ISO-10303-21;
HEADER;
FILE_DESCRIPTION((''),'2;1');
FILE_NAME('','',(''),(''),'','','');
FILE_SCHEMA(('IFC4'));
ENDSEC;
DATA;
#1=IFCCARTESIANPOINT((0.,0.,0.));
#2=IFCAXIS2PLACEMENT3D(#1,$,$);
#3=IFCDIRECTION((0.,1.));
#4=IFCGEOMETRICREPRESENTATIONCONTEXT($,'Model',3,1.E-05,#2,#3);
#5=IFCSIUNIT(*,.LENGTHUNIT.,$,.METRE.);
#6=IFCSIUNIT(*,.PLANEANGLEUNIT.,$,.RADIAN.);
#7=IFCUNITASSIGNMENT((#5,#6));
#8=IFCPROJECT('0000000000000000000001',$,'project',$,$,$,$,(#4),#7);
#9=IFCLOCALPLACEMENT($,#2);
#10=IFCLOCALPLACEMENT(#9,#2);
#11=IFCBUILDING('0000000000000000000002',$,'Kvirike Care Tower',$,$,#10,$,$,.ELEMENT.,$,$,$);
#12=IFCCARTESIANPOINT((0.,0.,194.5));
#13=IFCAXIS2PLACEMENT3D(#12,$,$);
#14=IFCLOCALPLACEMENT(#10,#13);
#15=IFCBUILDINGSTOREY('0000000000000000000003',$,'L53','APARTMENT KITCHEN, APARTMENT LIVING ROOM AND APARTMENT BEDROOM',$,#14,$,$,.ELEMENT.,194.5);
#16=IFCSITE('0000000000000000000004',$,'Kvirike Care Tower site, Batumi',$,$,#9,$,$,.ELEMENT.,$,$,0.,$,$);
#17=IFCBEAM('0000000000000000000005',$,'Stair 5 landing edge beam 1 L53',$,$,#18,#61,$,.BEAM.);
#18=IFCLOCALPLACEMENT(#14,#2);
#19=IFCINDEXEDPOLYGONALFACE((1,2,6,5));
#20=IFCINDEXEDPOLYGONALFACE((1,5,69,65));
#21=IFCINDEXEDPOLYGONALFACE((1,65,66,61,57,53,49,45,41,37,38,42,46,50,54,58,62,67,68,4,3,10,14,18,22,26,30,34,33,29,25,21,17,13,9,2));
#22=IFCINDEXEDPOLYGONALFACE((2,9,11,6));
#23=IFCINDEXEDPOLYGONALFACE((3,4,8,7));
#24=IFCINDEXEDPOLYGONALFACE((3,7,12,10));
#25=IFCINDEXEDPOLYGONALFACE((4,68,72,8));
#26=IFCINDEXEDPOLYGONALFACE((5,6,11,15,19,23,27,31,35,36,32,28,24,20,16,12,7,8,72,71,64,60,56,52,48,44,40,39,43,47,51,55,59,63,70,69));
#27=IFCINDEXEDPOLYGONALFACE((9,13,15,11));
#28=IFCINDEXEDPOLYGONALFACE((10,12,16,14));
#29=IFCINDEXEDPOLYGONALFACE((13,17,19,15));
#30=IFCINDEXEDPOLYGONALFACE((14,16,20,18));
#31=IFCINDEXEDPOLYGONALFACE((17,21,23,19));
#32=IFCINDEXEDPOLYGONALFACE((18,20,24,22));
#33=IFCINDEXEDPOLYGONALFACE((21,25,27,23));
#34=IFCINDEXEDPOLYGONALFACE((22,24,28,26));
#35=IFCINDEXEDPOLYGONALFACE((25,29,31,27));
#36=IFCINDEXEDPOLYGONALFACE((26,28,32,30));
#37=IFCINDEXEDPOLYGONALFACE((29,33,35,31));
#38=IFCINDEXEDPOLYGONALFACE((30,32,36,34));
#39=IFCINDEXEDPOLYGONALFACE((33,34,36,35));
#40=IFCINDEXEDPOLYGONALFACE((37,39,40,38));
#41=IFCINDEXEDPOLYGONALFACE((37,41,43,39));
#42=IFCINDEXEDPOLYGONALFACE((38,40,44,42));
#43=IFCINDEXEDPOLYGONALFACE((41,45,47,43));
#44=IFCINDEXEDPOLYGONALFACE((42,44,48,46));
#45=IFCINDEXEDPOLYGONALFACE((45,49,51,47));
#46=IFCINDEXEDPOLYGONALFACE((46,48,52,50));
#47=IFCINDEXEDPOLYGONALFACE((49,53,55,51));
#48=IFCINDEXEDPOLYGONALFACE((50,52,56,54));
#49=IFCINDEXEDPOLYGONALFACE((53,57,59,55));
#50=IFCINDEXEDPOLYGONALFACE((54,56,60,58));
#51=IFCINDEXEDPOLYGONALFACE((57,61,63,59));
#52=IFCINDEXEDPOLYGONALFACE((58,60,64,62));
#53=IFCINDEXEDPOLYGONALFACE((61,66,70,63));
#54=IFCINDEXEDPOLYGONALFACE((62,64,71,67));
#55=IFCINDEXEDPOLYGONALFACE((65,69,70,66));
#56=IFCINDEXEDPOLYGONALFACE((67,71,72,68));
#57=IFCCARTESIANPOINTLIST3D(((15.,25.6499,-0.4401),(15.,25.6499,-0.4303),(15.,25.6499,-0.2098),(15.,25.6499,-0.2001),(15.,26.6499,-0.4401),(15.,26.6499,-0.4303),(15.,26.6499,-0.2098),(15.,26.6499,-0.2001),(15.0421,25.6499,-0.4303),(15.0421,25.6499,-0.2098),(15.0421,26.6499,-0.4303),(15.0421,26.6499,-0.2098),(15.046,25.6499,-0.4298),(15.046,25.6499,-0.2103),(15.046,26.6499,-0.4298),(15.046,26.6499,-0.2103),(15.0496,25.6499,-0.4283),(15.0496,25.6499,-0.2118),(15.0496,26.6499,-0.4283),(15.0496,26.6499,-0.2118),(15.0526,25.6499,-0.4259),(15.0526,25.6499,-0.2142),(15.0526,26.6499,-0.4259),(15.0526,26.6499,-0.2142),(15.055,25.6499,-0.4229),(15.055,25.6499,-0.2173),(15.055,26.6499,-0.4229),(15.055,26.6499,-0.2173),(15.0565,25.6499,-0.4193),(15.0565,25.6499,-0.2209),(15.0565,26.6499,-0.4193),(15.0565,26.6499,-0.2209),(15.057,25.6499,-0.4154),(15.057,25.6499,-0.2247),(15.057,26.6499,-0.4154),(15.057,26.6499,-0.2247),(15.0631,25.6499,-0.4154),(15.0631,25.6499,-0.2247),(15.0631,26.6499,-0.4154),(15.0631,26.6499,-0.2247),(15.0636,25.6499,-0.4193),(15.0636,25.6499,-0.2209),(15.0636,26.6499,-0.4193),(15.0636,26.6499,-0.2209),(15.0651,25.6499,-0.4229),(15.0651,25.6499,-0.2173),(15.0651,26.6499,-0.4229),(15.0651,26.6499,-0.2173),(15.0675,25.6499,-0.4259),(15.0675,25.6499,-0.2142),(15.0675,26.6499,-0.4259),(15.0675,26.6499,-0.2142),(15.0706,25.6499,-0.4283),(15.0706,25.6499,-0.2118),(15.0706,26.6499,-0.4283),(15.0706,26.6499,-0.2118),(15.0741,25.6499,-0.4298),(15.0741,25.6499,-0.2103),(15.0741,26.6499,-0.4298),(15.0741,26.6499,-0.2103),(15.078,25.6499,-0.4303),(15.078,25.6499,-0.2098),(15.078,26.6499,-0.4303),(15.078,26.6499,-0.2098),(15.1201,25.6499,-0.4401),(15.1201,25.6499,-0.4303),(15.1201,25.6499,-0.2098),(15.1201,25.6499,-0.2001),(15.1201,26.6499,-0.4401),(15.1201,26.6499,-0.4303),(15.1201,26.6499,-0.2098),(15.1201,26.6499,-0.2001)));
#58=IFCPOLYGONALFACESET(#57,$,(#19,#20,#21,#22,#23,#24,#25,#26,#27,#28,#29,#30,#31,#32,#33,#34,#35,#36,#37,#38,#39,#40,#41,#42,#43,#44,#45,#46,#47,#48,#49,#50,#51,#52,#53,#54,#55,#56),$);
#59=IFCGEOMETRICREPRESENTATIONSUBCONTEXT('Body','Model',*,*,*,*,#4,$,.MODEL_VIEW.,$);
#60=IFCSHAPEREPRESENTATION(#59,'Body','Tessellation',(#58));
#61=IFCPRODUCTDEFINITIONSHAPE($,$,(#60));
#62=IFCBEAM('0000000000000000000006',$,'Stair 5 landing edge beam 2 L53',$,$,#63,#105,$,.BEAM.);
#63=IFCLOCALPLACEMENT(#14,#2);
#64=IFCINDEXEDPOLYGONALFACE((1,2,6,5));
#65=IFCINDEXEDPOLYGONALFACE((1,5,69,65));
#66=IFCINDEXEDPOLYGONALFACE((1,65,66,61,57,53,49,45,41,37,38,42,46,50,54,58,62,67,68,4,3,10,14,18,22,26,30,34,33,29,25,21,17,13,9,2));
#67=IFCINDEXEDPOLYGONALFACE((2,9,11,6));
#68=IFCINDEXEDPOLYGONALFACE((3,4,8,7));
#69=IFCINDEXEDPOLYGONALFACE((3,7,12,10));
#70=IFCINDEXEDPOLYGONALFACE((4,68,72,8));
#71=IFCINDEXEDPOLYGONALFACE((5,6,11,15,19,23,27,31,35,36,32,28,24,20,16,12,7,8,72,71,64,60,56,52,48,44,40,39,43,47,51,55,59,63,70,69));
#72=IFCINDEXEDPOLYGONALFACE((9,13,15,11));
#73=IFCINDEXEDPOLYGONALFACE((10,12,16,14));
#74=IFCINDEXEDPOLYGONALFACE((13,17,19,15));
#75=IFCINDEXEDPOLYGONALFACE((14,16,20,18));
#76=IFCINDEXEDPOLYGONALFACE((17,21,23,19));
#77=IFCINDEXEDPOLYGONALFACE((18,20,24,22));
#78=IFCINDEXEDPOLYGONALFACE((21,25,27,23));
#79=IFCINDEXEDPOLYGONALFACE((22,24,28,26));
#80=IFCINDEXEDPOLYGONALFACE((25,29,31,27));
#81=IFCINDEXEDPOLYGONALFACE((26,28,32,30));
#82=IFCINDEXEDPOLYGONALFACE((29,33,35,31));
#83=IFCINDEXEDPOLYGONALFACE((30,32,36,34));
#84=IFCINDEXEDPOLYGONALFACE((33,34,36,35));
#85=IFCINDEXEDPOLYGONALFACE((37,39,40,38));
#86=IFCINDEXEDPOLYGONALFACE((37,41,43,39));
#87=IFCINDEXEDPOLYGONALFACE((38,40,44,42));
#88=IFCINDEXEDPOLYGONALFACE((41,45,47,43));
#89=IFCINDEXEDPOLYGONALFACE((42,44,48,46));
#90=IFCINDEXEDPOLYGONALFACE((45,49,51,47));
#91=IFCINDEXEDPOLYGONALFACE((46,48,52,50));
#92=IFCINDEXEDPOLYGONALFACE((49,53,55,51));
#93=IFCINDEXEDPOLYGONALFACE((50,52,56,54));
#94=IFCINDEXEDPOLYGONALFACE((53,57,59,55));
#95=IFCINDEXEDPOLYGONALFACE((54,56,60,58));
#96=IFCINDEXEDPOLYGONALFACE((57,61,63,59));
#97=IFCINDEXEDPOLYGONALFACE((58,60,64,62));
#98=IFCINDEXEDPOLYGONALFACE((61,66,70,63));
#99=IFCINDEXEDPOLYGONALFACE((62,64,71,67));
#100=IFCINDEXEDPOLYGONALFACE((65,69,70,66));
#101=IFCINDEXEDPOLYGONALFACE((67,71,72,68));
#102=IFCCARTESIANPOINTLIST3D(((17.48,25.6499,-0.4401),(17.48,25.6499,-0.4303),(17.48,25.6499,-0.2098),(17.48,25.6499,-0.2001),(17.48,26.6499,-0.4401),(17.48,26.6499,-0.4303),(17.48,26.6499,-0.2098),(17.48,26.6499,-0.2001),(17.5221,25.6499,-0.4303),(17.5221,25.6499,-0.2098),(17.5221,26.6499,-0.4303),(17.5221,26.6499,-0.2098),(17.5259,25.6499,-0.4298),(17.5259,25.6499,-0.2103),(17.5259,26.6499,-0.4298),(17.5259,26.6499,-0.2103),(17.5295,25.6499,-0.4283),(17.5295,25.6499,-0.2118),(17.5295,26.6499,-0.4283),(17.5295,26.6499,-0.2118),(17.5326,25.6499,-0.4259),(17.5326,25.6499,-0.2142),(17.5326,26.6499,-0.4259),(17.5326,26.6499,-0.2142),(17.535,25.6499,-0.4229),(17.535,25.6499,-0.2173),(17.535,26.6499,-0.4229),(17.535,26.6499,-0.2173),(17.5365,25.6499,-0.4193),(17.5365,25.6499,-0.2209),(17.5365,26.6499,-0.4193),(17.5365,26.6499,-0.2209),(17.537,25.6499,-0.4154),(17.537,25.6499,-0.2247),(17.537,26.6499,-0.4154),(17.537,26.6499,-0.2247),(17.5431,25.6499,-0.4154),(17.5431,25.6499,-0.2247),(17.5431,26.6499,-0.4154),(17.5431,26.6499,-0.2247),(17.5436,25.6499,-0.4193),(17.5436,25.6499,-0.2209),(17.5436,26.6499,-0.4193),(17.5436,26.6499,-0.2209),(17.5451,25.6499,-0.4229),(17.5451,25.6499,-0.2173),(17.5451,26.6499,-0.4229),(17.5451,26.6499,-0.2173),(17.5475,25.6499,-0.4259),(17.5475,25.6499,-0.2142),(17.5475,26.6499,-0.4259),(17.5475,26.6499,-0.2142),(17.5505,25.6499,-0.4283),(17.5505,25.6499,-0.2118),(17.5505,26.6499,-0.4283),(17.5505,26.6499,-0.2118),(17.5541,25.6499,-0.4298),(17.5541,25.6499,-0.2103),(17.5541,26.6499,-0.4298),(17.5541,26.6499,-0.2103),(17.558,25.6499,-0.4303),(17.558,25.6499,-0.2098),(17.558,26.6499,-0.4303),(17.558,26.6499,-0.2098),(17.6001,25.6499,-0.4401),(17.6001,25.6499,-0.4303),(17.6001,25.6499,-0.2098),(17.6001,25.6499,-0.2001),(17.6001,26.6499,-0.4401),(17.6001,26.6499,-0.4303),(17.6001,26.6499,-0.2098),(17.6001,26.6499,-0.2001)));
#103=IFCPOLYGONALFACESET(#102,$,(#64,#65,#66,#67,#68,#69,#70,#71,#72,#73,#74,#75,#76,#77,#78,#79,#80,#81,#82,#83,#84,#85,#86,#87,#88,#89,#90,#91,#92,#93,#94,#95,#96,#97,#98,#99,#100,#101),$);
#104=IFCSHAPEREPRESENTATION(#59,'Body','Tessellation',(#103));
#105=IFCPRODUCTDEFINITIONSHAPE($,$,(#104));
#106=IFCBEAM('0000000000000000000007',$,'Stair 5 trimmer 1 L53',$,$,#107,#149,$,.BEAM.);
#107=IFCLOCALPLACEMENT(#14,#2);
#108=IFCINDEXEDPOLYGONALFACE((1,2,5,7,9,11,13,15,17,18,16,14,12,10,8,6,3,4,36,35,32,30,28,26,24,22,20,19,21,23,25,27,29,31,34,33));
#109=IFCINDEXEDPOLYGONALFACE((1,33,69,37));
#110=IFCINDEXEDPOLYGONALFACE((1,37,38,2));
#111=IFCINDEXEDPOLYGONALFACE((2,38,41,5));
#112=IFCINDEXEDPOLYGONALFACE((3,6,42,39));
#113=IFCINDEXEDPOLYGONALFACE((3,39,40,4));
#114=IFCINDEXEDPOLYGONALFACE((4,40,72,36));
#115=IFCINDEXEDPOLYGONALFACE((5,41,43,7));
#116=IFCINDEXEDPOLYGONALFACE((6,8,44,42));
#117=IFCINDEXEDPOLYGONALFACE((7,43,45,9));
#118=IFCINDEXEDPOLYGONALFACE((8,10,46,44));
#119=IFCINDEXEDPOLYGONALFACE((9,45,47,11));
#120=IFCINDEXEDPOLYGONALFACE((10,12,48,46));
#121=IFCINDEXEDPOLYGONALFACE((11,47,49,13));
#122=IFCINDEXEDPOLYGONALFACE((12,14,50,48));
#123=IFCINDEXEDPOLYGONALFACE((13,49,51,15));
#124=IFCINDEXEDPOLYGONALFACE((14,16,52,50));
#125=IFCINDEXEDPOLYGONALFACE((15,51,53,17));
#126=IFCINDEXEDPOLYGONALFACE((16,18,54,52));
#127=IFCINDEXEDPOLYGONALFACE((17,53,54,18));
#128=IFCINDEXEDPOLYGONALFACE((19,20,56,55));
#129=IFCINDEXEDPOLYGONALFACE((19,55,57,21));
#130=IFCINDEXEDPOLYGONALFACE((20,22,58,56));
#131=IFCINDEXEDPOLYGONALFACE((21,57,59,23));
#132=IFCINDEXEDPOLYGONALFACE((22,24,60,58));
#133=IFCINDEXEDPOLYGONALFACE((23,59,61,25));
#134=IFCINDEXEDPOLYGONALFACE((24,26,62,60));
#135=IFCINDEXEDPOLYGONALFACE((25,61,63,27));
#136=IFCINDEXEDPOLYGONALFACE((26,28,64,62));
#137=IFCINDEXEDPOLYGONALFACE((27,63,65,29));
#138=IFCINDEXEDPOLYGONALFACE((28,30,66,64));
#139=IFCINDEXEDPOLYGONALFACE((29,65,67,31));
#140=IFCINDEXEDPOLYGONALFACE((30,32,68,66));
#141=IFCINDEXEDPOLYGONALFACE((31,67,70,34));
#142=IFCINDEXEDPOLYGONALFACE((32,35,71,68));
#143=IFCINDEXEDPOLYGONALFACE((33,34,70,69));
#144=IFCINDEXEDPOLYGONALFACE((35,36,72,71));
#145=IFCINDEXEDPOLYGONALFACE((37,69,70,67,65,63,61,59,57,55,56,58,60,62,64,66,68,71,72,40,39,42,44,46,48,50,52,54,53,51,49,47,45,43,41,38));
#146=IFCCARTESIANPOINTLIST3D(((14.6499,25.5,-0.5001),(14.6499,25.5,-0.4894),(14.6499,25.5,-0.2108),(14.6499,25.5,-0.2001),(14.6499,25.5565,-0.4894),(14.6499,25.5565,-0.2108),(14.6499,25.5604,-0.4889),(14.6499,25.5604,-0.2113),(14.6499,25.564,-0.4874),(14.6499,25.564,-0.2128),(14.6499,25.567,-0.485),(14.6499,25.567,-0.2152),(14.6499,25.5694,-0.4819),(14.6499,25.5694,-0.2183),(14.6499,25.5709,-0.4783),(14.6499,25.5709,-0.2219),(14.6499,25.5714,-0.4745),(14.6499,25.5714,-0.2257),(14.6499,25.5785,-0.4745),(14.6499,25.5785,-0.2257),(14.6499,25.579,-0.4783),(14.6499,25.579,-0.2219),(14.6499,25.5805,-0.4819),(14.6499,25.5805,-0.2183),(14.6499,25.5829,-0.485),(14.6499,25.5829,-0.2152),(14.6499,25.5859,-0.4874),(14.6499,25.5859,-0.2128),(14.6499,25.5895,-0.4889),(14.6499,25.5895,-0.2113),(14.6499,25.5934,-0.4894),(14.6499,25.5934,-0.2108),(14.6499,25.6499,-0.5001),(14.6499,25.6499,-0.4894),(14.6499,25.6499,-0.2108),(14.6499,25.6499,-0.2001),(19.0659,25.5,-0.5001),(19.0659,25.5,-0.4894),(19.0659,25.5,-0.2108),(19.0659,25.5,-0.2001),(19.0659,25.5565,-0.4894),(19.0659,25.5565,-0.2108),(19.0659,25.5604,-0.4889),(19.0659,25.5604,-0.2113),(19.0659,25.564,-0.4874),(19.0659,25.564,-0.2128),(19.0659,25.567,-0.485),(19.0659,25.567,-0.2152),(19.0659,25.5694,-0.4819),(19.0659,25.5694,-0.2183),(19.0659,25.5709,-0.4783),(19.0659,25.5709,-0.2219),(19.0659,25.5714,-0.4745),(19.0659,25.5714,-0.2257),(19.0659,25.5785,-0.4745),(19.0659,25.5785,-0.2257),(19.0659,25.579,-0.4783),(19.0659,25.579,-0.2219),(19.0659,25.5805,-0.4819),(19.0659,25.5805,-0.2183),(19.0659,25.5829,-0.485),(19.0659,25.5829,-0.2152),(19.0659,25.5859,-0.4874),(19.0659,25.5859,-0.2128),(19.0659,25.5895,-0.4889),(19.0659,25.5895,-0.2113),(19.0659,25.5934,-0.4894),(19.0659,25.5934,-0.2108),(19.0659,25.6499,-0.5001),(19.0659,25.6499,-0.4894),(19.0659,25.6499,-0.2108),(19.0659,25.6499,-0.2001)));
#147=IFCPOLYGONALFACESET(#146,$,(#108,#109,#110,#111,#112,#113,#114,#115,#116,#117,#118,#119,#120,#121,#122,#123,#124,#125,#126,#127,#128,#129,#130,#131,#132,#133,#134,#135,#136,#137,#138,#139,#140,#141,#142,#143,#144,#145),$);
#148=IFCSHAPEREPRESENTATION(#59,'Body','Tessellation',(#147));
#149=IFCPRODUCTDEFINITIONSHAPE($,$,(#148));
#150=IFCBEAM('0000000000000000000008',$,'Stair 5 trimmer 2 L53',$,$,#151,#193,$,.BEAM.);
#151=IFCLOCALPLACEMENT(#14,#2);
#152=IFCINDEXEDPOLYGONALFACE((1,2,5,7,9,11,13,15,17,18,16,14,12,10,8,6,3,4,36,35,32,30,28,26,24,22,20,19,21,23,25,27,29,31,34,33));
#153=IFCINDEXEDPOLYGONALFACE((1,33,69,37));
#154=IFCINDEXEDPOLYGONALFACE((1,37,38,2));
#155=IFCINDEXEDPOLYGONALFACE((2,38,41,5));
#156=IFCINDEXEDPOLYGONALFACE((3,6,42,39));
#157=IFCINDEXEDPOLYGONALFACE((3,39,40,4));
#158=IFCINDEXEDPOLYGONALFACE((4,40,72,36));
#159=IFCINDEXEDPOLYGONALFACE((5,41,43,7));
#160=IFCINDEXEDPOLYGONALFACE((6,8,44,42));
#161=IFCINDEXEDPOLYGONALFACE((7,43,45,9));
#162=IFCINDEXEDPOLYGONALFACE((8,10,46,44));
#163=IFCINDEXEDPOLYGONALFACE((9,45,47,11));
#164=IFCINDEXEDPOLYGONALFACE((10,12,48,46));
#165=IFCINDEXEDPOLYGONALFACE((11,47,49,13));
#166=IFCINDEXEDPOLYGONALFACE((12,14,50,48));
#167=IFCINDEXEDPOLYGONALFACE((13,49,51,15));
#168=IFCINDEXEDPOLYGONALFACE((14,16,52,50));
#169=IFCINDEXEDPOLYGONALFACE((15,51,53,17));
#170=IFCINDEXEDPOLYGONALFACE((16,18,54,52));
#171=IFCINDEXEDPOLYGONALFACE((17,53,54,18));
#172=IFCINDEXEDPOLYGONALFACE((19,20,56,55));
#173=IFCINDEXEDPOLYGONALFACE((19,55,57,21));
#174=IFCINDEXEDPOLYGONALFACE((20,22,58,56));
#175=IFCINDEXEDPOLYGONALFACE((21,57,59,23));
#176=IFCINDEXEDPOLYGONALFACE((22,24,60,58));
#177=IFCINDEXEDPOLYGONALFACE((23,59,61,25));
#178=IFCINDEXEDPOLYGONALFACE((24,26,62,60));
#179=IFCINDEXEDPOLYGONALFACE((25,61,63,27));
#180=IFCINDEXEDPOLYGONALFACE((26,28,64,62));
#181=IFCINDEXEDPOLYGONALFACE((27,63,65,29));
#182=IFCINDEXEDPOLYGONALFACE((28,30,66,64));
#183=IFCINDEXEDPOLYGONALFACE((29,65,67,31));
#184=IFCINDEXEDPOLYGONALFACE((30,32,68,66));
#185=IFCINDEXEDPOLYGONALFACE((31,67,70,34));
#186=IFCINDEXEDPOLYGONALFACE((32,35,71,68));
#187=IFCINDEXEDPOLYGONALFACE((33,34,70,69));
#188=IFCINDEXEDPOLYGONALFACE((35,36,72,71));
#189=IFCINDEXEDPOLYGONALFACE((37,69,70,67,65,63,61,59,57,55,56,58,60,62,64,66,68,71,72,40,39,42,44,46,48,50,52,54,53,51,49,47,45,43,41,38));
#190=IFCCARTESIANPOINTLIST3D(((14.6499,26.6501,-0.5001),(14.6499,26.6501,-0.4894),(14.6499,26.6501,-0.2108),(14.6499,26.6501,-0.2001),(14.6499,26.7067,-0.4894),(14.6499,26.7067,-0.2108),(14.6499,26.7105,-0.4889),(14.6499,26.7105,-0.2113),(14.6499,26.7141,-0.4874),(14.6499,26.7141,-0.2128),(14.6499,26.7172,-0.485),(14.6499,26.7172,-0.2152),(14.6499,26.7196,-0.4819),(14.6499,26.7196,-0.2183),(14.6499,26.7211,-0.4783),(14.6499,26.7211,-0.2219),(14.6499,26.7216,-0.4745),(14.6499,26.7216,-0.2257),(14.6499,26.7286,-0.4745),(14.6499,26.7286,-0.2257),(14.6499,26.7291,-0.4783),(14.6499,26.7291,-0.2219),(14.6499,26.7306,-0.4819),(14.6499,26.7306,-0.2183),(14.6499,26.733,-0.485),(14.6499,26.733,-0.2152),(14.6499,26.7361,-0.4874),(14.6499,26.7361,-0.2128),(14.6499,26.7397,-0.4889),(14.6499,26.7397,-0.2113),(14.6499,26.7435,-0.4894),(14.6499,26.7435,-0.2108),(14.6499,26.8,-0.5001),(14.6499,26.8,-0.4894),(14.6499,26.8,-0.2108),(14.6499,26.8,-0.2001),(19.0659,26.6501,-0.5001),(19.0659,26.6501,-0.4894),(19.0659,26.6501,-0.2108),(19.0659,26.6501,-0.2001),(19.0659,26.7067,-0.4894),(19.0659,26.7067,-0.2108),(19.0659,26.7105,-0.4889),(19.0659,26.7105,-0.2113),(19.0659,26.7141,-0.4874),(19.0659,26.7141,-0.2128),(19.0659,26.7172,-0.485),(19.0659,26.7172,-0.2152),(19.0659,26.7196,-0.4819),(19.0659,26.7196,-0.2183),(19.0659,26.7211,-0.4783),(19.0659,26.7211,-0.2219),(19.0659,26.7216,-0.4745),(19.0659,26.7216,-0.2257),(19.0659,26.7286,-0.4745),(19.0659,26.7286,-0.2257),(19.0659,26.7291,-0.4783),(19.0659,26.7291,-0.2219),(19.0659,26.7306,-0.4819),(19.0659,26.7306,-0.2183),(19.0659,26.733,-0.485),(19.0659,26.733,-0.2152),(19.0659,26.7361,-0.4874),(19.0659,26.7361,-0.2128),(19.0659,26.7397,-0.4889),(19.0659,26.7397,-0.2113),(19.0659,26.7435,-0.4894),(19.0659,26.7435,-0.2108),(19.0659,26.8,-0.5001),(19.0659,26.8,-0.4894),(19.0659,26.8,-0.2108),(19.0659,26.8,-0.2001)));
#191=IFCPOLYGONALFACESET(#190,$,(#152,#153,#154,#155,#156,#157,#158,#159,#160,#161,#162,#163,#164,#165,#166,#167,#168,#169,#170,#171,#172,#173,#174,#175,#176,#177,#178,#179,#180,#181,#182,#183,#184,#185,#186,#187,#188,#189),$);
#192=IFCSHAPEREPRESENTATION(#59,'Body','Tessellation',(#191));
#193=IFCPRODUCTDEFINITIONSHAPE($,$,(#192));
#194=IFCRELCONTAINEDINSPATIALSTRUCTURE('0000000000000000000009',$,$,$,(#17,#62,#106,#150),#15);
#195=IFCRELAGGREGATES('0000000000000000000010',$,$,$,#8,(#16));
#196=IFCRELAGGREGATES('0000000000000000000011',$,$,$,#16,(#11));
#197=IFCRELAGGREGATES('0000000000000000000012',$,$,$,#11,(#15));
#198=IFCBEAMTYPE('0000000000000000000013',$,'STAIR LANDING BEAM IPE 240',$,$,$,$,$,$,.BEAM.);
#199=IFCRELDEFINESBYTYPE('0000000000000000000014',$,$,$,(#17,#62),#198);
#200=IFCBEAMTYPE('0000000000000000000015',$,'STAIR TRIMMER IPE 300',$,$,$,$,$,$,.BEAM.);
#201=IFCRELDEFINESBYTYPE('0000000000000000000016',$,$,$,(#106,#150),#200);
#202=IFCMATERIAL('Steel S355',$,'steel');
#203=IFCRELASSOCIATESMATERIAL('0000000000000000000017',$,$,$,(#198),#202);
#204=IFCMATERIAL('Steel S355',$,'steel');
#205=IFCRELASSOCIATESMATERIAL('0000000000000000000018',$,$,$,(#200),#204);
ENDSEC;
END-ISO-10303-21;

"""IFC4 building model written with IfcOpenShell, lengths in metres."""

from ifc_helpers import new_model, si_unit, direction, frame, origin, origin_2d, place, context, subcontext, project, spatial, i_section, extrude, material, material_profile, profile_set, type_object, element, save


model = new_model("IFC4")

# Units and contexts
model_context = context("Model", 3, precision=1e-05, world=origin(), true_north=direction((0.0, 1.0)))
body_context = subcontext(model_context, "Body", "Model", "MODEL_VIEW")
ifc_project = project(units=[si_unit("LENGTHUNIT", "METRE"), si_unit("PLANEANGLEUNIT", "RADIAN")], contexts=[model_context])

# Site, building, storey
site_placement = place(None, origin())
site = spatial("IfcSite", under=ifc_project, at=site_placement, Name="Kvirike Care Tower site, Batumi", CompositionType="ELEMENT", RefElevation=0.0)
building_placement = place(site_placement, origin())
building = spatial("IfcBuilding", under=site, at=building_placement, Name="Kvirike Care Tower", CompositionType="ELEMENT")
storey_placement = place(building_placement, frame((0.0, 0.0, 194.5)))
storey = spatial("IfcBuildingStorey", under=building, at=storey_placement, Name="L53", Description="APARTMENT KITCHEN, APARTMENT LIVING ROOM AND APARTMENT BEDROOM", CompositionType="ELEMENT", Elevation=194.5)

# Beams
ifc_material_1 = material(Name="Steel S355", Category="steel")
ifc_material_profile_1 = material_profile(ifc_material_1, i_section(OverallWidth=0.1201, OverallDepth=0.24, WebThickness=0.0061, FlangeThickness=0.0098, FilletRadius=0.0149, at=origin_2d()), Name="IPE 240")
ifc_profile_set_1 = profile_set([ifc_material_profile_1], Name="Steel S355")
beam_type_1 = type_object("IfcBeamType", Name="STAIR LANDING BEAM IPE 240", PredefinedType="BEAM", material=ifc_profile_set_1)
for number, where, z_axis, x_axis, name in (
    (1, (15.0601, 25.6499, -0.3201), (0.0, 1.0, 0.0), (-1.0, 0.0, 0.0), "Stair 5 landing edge beam 1 L53"),
    (2, (17.54, 25.6499, -0.3201), (0.0, 1.0, 0.0), (-1.0, 0.0, 0.0), "Stair 5 landing edge beam 2 L53"),
):
    element("IfcBeam", number, at=place(storey_placement, frame(where, z_axis=z_axis, x_axis=x_axis)), inside=storey, type_object=beam_type_1, Name=name, PredefinedType="BEAM", context=body_context, shape_type="SweptSolid", body=[
        extrude(i_section(OverallWidth=0.1201, OverallDepth=0.24, WebThickness=0.0061, FlangeThickness=0.0098, FilletRadius=0.0149, at=origin_2d()), origin(), (0.0, 0.0, 1.0), 1.0),
    ])
ifc_material_2 = material(Name="Steel S355", Category="steel")
ifc_material_profile_2 = material_profile(ifc_material_2, i_section(OverallWidth=0.1499, OverallDepth=0.3, WebThickness=0.0071, FlangeThickness=0.0107, FilletRadius=0.0149, at=origin_2d()), Name="IPE 300")
ifc_profile_set_2 = profile_set([ifc_material_profile_2], Name="Steel S355")
beam_type_2 = type_object("IfcBeamType", Name="STAIR TRIMMER IPE 300", PredefinedType="BEAM", material=ifc_profile_set_2)
for number, where, z_axis, x_axis, name in (
    (3, (14.6499, 25.575, -0.3501), (1.0, 0.0, 0.0), (0.0, 1.0, 0.0), "Stair 5 trimmer 1 L53"),
    (4, (14.6499, 26.7251, -0.3501), (1.0, 0.0, 0.0), (0.0, 1.0, 0.0), "Stair 5 trimmer 2 L53"),
):
    element("IfcBeam", number, at=place(storey_placement, frame(where, z_axis=z_axis, x_axis=x_axis)), inside=storey, type_object=beam_type_2, Name=name, PredefinedType="BEAM", context=body_context, shape_type="SweptSolid", body=[
        extrude(i_section(OverallWidth=0.1499, OverallDepth=0.3, WebThickness=0.0071, FlangeThickness=0.0107, FilletRadius=0.0149, at=origin_2d()), origin(), (0.0, 0.0, 1.0), 4.416),
    ])

save(model, "model.ifc")
